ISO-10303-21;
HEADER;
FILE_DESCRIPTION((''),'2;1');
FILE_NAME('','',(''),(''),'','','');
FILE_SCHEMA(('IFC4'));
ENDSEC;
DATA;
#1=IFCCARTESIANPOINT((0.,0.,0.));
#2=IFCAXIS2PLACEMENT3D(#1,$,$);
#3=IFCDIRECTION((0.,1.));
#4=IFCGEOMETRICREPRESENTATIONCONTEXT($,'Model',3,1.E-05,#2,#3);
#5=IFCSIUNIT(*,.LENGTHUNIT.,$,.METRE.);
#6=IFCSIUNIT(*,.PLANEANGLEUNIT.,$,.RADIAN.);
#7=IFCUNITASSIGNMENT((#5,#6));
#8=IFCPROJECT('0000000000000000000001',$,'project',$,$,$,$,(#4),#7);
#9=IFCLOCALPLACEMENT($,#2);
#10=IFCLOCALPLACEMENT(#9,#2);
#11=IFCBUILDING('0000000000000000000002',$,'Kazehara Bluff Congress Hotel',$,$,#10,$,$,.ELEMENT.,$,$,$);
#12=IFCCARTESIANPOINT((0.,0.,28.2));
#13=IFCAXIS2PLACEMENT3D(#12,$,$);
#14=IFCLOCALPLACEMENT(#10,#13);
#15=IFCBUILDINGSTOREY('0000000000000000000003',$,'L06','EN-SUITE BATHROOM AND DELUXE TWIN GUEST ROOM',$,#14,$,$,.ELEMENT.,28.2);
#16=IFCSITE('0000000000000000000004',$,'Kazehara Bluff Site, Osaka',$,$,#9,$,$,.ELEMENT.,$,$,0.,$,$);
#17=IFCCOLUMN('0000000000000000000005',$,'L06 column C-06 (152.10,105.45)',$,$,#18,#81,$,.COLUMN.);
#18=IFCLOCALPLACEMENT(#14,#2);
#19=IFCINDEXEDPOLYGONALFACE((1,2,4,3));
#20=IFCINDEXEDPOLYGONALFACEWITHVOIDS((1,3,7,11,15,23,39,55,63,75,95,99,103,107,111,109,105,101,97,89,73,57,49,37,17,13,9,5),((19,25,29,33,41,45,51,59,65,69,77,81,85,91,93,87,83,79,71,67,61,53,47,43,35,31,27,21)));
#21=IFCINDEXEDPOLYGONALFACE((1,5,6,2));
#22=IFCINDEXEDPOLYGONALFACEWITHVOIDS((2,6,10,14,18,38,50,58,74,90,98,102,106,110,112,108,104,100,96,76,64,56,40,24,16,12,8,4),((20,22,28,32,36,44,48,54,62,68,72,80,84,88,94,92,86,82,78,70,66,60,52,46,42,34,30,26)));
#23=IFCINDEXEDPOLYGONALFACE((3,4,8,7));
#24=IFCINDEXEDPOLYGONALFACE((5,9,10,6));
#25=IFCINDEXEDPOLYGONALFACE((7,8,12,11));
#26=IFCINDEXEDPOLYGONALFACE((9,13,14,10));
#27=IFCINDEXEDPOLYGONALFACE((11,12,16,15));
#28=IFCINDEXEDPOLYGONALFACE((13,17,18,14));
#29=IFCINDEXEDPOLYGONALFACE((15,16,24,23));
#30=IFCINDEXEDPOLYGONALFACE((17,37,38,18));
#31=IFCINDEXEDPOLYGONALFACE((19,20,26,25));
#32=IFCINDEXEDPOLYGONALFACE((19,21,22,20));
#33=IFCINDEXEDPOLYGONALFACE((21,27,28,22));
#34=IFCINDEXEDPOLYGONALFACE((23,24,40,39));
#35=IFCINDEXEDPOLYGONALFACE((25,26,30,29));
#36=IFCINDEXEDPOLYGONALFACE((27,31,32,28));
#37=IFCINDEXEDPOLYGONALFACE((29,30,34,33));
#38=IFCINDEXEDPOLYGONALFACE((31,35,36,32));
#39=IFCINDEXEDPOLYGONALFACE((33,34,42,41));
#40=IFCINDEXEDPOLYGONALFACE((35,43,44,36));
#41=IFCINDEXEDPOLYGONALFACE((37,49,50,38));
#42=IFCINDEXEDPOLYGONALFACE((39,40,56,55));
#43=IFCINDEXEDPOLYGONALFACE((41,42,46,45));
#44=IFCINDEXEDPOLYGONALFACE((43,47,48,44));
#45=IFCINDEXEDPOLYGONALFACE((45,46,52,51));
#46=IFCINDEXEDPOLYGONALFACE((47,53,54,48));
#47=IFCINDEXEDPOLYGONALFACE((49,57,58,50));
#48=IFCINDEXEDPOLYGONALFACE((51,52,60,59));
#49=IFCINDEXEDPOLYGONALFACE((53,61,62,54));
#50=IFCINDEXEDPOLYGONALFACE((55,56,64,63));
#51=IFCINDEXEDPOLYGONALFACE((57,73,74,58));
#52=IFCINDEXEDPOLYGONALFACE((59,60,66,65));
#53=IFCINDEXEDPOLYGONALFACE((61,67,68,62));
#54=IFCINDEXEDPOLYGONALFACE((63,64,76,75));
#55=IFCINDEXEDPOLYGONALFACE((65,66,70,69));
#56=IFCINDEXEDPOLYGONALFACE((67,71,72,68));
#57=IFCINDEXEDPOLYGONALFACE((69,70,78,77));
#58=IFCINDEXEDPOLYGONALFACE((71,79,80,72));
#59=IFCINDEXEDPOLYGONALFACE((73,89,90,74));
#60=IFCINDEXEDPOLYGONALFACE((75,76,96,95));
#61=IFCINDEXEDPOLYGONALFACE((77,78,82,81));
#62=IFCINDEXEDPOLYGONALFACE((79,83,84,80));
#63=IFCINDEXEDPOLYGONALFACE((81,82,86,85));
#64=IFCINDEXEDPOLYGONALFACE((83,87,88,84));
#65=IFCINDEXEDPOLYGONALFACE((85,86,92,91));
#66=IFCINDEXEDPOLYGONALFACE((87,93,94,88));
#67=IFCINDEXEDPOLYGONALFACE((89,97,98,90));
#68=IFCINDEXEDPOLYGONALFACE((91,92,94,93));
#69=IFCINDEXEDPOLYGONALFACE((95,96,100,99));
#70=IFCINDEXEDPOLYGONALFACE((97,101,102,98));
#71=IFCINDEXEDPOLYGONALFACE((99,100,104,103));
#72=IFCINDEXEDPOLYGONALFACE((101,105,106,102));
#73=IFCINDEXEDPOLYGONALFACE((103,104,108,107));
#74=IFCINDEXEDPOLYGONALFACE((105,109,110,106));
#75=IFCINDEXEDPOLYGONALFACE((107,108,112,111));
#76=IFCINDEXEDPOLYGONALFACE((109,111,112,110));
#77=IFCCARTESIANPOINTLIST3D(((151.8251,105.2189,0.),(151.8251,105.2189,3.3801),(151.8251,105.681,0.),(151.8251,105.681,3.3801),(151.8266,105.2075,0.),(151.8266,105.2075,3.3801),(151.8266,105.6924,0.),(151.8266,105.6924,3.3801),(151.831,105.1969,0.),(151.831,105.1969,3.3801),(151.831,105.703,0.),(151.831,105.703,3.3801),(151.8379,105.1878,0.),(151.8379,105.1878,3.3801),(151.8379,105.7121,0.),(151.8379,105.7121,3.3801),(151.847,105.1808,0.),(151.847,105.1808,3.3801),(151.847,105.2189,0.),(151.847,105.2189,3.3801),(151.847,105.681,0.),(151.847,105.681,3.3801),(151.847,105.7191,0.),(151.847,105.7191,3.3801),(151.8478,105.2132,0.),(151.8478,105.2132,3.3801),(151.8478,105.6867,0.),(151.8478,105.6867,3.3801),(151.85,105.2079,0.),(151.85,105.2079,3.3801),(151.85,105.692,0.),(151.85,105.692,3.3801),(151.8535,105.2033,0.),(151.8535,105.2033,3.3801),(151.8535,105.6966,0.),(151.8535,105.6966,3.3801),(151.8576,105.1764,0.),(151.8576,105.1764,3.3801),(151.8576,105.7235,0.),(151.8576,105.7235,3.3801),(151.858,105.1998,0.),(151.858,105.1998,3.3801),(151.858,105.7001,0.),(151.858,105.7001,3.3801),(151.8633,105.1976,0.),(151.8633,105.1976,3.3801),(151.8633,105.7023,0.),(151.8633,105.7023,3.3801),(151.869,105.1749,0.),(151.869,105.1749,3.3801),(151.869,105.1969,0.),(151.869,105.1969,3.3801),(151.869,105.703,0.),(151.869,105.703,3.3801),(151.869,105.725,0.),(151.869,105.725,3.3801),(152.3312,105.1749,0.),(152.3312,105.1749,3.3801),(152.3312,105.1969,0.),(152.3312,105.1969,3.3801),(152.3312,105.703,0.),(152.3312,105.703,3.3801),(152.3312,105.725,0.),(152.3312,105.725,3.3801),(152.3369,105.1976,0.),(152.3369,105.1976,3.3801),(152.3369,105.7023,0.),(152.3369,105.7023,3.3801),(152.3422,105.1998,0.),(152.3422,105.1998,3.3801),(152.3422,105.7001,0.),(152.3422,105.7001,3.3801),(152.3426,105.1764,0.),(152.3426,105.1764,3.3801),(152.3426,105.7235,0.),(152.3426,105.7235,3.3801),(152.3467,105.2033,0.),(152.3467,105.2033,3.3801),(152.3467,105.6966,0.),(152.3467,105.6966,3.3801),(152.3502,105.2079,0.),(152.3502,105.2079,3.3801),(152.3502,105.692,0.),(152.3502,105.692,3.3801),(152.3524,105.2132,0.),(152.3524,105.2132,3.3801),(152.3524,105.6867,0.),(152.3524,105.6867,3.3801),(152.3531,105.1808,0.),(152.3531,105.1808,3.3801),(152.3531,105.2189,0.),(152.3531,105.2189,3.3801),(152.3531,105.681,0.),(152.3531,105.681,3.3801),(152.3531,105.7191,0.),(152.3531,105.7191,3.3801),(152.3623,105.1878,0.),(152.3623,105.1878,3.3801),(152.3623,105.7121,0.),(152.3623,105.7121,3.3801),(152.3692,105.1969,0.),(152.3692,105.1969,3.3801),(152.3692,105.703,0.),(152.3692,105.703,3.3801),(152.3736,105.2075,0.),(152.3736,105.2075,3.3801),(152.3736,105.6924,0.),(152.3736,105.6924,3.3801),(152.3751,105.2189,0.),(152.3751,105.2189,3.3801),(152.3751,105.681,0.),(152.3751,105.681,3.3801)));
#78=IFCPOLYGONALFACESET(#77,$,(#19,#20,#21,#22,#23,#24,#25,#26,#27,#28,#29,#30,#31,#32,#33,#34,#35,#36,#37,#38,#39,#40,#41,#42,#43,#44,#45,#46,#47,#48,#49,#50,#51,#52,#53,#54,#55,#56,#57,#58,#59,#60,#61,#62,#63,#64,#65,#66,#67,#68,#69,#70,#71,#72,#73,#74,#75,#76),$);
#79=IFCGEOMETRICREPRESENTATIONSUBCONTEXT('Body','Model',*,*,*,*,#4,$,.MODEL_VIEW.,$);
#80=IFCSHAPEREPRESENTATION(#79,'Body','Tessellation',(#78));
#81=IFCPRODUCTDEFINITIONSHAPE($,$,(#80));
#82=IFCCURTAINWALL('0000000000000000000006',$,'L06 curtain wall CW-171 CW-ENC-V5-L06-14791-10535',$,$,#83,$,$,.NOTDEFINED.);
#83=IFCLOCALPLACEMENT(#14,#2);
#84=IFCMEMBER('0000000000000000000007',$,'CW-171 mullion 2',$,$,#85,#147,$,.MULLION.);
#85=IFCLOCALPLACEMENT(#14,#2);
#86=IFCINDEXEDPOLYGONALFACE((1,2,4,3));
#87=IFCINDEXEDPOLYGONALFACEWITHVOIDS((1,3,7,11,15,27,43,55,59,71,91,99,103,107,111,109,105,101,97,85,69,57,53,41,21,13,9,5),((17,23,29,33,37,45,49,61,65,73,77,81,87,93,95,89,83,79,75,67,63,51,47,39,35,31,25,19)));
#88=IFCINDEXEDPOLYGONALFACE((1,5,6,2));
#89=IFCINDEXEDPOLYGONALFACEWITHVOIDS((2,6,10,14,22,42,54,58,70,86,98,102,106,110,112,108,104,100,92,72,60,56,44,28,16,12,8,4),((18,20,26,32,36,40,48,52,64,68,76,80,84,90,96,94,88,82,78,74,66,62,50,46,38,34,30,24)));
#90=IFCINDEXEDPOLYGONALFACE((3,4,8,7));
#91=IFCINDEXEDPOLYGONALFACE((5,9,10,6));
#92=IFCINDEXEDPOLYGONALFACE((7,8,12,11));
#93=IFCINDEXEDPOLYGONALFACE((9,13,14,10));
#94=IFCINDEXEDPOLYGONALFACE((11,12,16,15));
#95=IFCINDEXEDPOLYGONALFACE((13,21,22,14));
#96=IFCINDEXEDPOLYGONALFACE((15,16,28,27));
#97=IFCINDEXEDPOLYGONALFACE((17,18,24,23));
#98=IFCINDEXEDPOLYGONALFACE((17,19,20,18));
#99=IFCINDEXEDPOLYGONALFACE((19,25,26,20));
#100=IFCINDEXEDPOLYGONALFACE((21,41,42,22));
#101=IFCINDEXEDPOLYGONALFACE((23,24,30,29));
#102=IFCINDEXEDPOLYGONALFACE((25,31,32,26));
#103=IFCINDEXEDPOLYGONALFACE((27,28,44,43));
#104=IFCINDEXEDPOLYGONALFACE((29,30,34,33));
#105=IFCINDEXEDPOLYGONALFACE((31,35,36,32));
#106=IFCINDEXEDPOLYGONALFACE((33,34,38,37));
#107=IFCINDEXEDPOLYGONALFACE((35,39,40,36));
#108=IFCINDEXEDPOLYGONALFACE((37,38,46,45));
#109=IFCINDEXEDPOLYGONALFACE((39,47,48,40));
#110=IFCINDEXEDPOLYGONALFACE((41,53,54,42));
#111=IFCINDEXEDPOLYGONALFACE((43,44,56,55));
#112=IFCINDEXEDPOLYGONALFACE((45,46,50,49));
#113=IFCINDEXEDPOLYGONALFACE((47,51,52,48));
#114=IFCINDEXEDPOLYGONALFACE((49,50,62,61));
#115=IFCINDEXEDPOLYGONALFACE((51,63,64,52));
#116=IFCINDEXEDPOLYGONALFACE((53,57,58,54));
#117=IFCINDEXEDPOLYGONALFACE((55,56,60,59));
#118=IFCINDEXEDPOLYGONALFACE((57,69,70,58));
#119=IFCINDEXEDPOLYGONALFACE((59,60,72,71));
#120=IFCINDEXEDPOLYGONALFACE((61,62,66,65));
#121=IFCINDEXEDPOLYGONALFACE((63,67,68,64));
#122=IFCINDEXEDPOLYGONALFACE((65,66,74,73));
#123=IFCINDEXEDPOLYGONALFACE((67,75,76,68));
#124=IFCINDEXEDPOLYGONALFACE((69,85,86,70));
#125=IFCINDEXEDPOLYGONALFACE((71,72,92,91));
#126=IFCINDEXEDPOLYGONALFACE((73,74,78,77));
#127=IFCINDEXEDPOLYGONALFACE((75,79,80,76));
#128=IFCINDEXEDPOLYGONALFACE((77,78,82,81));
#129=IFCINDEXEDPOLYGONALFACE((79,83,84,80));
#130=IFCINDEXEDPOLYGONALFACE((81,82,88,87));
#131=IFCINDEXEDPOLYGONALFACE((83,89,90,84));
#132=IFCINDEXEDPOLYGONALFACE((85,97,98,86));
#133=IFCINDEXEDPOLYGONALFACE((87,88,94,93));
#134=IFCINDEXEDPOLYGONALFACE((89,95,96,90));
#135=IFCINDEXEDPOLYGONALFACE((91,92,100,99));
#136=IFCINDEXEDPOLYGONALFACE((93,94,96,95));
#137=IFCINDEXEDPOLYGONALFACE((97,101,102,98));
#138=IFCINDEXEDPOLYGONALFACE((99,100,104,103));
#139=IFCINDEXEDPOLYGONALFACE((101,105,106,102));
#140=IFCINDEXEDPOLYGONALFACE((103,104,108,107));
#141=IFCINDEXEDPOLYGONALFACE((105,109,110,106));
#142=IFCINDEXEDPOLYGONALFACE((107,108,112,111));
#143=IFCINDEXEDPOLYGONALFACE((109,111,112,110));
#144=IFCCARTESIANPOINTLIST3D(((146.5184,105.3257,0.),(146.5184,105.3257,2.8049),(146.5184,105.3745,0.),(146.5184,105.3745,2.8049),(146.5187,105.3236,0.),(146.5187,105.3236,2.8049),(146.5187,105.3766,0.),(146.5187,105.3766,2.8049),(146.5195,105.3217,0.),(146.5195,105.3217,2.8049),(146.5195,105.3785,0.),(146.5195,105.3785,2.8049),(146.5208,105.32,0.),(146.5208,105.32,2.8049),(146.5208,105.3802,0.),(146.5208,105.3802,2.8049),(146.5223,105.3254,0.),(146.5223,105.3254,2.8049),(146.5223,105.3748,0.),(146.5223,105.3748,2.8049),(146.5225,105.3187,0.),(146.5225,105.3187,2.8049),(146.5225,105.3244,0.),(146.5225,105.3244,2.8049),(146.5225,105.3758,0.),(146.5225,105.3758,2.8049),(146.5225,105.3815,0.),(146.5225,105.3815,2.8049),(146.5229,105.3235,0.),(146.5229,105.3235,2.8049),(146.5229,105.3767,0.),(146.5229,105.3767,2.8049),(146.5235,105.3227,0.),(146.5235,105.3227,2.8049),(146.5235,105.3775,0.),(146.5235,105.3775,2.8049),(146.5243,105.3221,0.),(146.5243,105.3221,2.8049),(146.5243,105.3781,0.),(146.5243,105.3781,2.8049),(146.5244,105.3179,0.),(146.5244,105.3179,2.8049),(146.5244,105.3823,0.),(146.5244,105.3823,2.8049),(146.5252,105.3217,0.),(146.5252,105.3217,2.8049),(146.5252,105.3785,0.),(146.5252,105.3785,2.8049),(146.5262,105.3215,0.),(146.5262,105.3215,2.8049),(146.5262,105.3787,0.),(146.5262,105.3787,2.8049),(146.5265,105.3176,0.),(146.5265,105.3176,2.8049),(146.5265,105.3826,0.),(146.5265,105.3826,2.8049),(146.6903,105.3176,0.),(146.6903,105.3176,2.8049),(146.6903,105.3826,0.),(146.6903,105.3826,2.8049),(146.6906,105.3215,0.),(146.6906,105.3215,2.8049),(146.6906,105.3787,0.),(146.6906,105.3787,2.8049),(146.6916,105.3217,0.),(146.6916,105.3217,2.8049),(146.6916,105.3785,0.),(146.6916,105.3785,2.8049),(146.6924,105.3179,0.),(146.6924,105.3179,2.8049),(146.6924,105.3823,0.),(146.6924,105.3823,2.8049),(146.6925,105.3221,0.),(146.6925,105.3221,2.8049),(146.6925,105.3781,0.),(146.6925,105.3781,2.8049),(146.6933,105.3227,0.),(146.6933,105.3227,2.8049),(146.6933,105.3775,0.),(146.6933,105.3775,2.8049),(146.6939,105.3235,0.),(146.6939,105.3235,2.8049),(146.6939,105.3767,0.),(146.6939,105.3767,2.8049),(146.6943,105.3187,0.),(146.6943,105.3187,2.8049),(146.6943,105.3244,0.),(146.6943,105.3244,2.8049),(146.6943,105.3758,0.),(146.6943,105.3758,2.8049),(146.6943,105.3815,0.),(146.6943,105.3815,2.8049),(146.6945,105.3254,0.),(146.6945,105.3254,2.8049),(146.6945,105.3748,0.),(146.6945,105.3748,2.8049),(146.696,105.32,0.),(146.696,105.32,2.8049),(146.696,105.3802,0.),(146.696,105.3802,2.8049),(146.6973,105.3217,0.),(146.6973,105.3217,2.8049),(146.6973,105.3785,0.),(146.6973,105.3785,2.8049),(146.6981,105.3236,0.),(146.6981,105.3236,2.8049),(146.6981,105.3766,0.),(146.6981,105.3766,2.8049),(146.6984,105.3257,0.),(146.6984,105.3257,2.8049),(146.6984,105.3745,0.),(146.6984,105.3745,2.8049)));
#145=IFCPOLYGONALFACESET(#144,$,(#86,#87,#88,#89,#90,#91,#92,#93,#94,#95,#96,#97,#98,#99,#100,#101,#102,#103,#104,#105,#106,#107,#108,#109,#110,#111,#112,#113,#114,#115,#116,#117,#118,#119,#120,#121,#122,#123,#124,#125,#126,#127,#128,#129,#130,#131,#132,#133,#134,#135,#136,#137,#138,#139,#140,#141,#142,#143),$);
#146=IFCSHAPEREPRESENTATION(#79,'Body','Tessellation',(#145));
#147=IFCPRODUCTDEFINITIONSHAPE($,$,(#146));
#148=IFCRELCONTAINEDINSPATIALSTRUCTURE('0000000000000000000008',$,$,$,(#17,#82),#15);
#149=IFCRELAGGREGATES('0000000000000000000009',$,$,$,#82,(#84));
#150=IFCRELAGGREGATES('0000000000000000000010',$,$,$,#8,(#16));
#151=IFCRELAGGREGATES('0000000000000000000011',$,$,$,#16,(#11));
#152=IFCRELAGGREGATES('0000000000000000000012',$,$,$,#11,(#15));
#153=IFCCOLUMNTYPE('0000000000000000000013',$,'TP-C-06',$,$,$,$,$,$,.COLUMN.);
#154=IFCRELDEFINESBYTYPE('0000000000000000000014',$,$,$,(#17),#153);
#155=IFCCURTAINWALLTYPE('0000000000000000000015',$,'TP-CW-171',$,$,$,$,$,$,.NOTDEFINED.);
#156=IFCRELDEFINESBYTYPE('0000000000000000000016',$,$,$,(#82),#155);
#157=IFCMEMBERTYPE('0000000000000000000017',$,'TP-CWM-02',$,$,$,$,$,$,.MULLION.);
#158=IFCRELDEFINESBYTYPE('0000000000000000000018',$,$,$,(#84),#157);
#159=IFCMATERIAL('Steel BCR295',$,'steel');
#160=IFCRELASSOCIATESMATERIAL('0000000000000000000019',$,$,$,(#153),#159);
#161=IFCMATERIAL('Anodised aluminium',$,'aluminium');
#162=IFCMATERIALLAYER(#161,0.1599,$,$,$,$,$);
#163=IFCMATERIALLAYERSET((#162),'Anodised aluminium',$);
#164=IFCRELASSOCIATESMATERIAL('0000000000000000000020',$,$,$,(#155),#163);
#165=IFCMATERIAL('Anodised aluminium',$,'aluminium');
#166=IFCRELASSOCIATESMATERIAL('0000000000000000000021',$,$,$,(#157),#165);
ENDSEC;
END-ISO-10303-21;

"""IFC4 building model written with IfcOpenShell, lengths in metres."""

from ifc_helpers import new_model, si_unit, direction, frame, origin, origin_2d, place, context, subcontext, project, spatial, hollow_rectangle, extrude, material, layer, layer_set, material_profile, profile_set, type_object, element, aggregate, save


model = new_model("IFC4")

# Units and contexts
model_context = context("Model", 3, precision=1e-05, world=origin(), true_north=direction((0.0, 1.0)))
body_context = subcontext(model_context, "Body", "Model", "MODEL_VIEW")
ifc_project = project(units=[si_unit("LENGTHUNIT", "METRE"), si_unit("PLANEANGLEUNIT", "RADIAN")], contexts=[model_context])

# Site, building, storey
site_placement = place(None, origin())
site = spatial("IfcSite", under=ifc_project, at=site_placement, Name="Kazehara Bluff Site, Osaka", CompositionType="ELEMENT", RefElevation=0.0)
building_placement = place(site_placement, origin())
building = spatial("IfcBuilding", under=site, at=building_placement, Name="Kazehara Bluff Congress Hotel", CompositionType="ELEMENT")
storey_placement = place(building_placement, frame((0.0, 0.0, 28.2)))
storey = spatial("IfcBuildingStorey", under=building, at=storey_placement, Name="L06", Description="EN-SUITE BATHROOM AND DELUXE TWIN GUEST ROOM", CompositionType="ELEMENT", Elevation=28.2)

# Column
ifc_material_1 = material(Name="Steel BCR295", Category="steel")
ifc_material_profile_1 = material_profile(ifc_material_1, hollow_rectangle(XDim=0.55, YDim=0.55, WallThickness=0.022, InnerFilletRadius=0.022, OuterFilletRadius=0.0439, at=origin_2d()))
ifc_profile_set_1 = profile_set([ifc_material_profile_1], Name="Steel BCR295")
column_type = type_object("IfcColumnType", Name="TP-C-06", PredefinedType="COLUMN", material=ifc_profile_set_1)
column_placement = place(storey_placement, frame((152.1001, 105.45, 0.0), z_axis=(0.0, 0.0, 1.0), x_axis=(1.0, 0.0, 0.0)))
element("IfcColumn", 1, at=column_placement, inside=storey, type_object=column_type, Name="L06 column C-06 (152.10,105.45)", PredefinedType="COLUMN", context=body_context, shape_type="SweptSolid", body=[
    extrude(hollow_rectangle(XDim=0.55, YDim=0.55, WallThickness=0.022, InnerFilletRadius=0.022, OuterFilletRadius=0.0439, at=origin_2d()), origin(), (0.0, 0.0, 1.0), 3.3801),
])

# Curtain wall, member
ifc_material_2 = material(Name="Anodised aluminium", Category="aluminium")
ifc_layer_1 = layer(ifc_material_2, 0.1599)
ifc_layer_set_1 = layer_set([ifc_layer_1], Name="Anodised aluminium")
curtain_wall_type = type_object("IfcCurtainWallType", Name="TP-CW-171", PredefinedType="NOTDEFINED", material=ifc_layer_set_1)
curtain_wall_placement = place(storey_placement, origin())
curtain_wall = element("IfcCurtainWall", 2, at=curtain_wall_placement, inside=storey, type_object=curtain_wall_type, Name="L06 curtain wall CW-171 CW-ENC-V5-L06-14791-10535", PredefinedType="NOTDEFINED")
ifc_material_3 = material(Name="Anodised aluminium", Category="aluminium")
ifc_material_profile_2 = material_profile(ifc_material_3, hollow_rectangle(XDim=0.0649, YDim=0.1799, WallThickness=0.0039, InnerFilletRadius=0.0039, OuterFilletRadius=0.0081, at=origin_2d()))
ifc_profile_set_2 = profile_set([ifc_material_profile_2], Name="Anodised aluminium")
member_type_1 = type_object("IfcMemberType", Name="TP-CWM-02", PredefinedType="MULLION", material=ifc_profile_set_2)
member_1_placement = place(storey_placement, frame((146.6084, 105.3501, 0.0), z_axis=(0.0, 0.0, 1.0), x_axis=(0.0, 1.0, 0.0)))
member_1 = element("IfcMember", 3, at=member_1_placement, type_object=member_type_1, Name="CW-171 mullion 2", PredefinedType="MULLION", context=body_context, shape_type="SweptSolid", body=[
    extrude(hollow_rectangle(XDim=0.0649, YDim=0.1799, WallThickness=0.0039, InnerFilletRadius=0.0039, OuterFilletRadius=0.0081, at=origin_2d()), origin(), (0.0, 0.0, 1.0), 2.8049),
])

aggregate(curtain_wall, [member_1])

save(model, "model.ifc")
